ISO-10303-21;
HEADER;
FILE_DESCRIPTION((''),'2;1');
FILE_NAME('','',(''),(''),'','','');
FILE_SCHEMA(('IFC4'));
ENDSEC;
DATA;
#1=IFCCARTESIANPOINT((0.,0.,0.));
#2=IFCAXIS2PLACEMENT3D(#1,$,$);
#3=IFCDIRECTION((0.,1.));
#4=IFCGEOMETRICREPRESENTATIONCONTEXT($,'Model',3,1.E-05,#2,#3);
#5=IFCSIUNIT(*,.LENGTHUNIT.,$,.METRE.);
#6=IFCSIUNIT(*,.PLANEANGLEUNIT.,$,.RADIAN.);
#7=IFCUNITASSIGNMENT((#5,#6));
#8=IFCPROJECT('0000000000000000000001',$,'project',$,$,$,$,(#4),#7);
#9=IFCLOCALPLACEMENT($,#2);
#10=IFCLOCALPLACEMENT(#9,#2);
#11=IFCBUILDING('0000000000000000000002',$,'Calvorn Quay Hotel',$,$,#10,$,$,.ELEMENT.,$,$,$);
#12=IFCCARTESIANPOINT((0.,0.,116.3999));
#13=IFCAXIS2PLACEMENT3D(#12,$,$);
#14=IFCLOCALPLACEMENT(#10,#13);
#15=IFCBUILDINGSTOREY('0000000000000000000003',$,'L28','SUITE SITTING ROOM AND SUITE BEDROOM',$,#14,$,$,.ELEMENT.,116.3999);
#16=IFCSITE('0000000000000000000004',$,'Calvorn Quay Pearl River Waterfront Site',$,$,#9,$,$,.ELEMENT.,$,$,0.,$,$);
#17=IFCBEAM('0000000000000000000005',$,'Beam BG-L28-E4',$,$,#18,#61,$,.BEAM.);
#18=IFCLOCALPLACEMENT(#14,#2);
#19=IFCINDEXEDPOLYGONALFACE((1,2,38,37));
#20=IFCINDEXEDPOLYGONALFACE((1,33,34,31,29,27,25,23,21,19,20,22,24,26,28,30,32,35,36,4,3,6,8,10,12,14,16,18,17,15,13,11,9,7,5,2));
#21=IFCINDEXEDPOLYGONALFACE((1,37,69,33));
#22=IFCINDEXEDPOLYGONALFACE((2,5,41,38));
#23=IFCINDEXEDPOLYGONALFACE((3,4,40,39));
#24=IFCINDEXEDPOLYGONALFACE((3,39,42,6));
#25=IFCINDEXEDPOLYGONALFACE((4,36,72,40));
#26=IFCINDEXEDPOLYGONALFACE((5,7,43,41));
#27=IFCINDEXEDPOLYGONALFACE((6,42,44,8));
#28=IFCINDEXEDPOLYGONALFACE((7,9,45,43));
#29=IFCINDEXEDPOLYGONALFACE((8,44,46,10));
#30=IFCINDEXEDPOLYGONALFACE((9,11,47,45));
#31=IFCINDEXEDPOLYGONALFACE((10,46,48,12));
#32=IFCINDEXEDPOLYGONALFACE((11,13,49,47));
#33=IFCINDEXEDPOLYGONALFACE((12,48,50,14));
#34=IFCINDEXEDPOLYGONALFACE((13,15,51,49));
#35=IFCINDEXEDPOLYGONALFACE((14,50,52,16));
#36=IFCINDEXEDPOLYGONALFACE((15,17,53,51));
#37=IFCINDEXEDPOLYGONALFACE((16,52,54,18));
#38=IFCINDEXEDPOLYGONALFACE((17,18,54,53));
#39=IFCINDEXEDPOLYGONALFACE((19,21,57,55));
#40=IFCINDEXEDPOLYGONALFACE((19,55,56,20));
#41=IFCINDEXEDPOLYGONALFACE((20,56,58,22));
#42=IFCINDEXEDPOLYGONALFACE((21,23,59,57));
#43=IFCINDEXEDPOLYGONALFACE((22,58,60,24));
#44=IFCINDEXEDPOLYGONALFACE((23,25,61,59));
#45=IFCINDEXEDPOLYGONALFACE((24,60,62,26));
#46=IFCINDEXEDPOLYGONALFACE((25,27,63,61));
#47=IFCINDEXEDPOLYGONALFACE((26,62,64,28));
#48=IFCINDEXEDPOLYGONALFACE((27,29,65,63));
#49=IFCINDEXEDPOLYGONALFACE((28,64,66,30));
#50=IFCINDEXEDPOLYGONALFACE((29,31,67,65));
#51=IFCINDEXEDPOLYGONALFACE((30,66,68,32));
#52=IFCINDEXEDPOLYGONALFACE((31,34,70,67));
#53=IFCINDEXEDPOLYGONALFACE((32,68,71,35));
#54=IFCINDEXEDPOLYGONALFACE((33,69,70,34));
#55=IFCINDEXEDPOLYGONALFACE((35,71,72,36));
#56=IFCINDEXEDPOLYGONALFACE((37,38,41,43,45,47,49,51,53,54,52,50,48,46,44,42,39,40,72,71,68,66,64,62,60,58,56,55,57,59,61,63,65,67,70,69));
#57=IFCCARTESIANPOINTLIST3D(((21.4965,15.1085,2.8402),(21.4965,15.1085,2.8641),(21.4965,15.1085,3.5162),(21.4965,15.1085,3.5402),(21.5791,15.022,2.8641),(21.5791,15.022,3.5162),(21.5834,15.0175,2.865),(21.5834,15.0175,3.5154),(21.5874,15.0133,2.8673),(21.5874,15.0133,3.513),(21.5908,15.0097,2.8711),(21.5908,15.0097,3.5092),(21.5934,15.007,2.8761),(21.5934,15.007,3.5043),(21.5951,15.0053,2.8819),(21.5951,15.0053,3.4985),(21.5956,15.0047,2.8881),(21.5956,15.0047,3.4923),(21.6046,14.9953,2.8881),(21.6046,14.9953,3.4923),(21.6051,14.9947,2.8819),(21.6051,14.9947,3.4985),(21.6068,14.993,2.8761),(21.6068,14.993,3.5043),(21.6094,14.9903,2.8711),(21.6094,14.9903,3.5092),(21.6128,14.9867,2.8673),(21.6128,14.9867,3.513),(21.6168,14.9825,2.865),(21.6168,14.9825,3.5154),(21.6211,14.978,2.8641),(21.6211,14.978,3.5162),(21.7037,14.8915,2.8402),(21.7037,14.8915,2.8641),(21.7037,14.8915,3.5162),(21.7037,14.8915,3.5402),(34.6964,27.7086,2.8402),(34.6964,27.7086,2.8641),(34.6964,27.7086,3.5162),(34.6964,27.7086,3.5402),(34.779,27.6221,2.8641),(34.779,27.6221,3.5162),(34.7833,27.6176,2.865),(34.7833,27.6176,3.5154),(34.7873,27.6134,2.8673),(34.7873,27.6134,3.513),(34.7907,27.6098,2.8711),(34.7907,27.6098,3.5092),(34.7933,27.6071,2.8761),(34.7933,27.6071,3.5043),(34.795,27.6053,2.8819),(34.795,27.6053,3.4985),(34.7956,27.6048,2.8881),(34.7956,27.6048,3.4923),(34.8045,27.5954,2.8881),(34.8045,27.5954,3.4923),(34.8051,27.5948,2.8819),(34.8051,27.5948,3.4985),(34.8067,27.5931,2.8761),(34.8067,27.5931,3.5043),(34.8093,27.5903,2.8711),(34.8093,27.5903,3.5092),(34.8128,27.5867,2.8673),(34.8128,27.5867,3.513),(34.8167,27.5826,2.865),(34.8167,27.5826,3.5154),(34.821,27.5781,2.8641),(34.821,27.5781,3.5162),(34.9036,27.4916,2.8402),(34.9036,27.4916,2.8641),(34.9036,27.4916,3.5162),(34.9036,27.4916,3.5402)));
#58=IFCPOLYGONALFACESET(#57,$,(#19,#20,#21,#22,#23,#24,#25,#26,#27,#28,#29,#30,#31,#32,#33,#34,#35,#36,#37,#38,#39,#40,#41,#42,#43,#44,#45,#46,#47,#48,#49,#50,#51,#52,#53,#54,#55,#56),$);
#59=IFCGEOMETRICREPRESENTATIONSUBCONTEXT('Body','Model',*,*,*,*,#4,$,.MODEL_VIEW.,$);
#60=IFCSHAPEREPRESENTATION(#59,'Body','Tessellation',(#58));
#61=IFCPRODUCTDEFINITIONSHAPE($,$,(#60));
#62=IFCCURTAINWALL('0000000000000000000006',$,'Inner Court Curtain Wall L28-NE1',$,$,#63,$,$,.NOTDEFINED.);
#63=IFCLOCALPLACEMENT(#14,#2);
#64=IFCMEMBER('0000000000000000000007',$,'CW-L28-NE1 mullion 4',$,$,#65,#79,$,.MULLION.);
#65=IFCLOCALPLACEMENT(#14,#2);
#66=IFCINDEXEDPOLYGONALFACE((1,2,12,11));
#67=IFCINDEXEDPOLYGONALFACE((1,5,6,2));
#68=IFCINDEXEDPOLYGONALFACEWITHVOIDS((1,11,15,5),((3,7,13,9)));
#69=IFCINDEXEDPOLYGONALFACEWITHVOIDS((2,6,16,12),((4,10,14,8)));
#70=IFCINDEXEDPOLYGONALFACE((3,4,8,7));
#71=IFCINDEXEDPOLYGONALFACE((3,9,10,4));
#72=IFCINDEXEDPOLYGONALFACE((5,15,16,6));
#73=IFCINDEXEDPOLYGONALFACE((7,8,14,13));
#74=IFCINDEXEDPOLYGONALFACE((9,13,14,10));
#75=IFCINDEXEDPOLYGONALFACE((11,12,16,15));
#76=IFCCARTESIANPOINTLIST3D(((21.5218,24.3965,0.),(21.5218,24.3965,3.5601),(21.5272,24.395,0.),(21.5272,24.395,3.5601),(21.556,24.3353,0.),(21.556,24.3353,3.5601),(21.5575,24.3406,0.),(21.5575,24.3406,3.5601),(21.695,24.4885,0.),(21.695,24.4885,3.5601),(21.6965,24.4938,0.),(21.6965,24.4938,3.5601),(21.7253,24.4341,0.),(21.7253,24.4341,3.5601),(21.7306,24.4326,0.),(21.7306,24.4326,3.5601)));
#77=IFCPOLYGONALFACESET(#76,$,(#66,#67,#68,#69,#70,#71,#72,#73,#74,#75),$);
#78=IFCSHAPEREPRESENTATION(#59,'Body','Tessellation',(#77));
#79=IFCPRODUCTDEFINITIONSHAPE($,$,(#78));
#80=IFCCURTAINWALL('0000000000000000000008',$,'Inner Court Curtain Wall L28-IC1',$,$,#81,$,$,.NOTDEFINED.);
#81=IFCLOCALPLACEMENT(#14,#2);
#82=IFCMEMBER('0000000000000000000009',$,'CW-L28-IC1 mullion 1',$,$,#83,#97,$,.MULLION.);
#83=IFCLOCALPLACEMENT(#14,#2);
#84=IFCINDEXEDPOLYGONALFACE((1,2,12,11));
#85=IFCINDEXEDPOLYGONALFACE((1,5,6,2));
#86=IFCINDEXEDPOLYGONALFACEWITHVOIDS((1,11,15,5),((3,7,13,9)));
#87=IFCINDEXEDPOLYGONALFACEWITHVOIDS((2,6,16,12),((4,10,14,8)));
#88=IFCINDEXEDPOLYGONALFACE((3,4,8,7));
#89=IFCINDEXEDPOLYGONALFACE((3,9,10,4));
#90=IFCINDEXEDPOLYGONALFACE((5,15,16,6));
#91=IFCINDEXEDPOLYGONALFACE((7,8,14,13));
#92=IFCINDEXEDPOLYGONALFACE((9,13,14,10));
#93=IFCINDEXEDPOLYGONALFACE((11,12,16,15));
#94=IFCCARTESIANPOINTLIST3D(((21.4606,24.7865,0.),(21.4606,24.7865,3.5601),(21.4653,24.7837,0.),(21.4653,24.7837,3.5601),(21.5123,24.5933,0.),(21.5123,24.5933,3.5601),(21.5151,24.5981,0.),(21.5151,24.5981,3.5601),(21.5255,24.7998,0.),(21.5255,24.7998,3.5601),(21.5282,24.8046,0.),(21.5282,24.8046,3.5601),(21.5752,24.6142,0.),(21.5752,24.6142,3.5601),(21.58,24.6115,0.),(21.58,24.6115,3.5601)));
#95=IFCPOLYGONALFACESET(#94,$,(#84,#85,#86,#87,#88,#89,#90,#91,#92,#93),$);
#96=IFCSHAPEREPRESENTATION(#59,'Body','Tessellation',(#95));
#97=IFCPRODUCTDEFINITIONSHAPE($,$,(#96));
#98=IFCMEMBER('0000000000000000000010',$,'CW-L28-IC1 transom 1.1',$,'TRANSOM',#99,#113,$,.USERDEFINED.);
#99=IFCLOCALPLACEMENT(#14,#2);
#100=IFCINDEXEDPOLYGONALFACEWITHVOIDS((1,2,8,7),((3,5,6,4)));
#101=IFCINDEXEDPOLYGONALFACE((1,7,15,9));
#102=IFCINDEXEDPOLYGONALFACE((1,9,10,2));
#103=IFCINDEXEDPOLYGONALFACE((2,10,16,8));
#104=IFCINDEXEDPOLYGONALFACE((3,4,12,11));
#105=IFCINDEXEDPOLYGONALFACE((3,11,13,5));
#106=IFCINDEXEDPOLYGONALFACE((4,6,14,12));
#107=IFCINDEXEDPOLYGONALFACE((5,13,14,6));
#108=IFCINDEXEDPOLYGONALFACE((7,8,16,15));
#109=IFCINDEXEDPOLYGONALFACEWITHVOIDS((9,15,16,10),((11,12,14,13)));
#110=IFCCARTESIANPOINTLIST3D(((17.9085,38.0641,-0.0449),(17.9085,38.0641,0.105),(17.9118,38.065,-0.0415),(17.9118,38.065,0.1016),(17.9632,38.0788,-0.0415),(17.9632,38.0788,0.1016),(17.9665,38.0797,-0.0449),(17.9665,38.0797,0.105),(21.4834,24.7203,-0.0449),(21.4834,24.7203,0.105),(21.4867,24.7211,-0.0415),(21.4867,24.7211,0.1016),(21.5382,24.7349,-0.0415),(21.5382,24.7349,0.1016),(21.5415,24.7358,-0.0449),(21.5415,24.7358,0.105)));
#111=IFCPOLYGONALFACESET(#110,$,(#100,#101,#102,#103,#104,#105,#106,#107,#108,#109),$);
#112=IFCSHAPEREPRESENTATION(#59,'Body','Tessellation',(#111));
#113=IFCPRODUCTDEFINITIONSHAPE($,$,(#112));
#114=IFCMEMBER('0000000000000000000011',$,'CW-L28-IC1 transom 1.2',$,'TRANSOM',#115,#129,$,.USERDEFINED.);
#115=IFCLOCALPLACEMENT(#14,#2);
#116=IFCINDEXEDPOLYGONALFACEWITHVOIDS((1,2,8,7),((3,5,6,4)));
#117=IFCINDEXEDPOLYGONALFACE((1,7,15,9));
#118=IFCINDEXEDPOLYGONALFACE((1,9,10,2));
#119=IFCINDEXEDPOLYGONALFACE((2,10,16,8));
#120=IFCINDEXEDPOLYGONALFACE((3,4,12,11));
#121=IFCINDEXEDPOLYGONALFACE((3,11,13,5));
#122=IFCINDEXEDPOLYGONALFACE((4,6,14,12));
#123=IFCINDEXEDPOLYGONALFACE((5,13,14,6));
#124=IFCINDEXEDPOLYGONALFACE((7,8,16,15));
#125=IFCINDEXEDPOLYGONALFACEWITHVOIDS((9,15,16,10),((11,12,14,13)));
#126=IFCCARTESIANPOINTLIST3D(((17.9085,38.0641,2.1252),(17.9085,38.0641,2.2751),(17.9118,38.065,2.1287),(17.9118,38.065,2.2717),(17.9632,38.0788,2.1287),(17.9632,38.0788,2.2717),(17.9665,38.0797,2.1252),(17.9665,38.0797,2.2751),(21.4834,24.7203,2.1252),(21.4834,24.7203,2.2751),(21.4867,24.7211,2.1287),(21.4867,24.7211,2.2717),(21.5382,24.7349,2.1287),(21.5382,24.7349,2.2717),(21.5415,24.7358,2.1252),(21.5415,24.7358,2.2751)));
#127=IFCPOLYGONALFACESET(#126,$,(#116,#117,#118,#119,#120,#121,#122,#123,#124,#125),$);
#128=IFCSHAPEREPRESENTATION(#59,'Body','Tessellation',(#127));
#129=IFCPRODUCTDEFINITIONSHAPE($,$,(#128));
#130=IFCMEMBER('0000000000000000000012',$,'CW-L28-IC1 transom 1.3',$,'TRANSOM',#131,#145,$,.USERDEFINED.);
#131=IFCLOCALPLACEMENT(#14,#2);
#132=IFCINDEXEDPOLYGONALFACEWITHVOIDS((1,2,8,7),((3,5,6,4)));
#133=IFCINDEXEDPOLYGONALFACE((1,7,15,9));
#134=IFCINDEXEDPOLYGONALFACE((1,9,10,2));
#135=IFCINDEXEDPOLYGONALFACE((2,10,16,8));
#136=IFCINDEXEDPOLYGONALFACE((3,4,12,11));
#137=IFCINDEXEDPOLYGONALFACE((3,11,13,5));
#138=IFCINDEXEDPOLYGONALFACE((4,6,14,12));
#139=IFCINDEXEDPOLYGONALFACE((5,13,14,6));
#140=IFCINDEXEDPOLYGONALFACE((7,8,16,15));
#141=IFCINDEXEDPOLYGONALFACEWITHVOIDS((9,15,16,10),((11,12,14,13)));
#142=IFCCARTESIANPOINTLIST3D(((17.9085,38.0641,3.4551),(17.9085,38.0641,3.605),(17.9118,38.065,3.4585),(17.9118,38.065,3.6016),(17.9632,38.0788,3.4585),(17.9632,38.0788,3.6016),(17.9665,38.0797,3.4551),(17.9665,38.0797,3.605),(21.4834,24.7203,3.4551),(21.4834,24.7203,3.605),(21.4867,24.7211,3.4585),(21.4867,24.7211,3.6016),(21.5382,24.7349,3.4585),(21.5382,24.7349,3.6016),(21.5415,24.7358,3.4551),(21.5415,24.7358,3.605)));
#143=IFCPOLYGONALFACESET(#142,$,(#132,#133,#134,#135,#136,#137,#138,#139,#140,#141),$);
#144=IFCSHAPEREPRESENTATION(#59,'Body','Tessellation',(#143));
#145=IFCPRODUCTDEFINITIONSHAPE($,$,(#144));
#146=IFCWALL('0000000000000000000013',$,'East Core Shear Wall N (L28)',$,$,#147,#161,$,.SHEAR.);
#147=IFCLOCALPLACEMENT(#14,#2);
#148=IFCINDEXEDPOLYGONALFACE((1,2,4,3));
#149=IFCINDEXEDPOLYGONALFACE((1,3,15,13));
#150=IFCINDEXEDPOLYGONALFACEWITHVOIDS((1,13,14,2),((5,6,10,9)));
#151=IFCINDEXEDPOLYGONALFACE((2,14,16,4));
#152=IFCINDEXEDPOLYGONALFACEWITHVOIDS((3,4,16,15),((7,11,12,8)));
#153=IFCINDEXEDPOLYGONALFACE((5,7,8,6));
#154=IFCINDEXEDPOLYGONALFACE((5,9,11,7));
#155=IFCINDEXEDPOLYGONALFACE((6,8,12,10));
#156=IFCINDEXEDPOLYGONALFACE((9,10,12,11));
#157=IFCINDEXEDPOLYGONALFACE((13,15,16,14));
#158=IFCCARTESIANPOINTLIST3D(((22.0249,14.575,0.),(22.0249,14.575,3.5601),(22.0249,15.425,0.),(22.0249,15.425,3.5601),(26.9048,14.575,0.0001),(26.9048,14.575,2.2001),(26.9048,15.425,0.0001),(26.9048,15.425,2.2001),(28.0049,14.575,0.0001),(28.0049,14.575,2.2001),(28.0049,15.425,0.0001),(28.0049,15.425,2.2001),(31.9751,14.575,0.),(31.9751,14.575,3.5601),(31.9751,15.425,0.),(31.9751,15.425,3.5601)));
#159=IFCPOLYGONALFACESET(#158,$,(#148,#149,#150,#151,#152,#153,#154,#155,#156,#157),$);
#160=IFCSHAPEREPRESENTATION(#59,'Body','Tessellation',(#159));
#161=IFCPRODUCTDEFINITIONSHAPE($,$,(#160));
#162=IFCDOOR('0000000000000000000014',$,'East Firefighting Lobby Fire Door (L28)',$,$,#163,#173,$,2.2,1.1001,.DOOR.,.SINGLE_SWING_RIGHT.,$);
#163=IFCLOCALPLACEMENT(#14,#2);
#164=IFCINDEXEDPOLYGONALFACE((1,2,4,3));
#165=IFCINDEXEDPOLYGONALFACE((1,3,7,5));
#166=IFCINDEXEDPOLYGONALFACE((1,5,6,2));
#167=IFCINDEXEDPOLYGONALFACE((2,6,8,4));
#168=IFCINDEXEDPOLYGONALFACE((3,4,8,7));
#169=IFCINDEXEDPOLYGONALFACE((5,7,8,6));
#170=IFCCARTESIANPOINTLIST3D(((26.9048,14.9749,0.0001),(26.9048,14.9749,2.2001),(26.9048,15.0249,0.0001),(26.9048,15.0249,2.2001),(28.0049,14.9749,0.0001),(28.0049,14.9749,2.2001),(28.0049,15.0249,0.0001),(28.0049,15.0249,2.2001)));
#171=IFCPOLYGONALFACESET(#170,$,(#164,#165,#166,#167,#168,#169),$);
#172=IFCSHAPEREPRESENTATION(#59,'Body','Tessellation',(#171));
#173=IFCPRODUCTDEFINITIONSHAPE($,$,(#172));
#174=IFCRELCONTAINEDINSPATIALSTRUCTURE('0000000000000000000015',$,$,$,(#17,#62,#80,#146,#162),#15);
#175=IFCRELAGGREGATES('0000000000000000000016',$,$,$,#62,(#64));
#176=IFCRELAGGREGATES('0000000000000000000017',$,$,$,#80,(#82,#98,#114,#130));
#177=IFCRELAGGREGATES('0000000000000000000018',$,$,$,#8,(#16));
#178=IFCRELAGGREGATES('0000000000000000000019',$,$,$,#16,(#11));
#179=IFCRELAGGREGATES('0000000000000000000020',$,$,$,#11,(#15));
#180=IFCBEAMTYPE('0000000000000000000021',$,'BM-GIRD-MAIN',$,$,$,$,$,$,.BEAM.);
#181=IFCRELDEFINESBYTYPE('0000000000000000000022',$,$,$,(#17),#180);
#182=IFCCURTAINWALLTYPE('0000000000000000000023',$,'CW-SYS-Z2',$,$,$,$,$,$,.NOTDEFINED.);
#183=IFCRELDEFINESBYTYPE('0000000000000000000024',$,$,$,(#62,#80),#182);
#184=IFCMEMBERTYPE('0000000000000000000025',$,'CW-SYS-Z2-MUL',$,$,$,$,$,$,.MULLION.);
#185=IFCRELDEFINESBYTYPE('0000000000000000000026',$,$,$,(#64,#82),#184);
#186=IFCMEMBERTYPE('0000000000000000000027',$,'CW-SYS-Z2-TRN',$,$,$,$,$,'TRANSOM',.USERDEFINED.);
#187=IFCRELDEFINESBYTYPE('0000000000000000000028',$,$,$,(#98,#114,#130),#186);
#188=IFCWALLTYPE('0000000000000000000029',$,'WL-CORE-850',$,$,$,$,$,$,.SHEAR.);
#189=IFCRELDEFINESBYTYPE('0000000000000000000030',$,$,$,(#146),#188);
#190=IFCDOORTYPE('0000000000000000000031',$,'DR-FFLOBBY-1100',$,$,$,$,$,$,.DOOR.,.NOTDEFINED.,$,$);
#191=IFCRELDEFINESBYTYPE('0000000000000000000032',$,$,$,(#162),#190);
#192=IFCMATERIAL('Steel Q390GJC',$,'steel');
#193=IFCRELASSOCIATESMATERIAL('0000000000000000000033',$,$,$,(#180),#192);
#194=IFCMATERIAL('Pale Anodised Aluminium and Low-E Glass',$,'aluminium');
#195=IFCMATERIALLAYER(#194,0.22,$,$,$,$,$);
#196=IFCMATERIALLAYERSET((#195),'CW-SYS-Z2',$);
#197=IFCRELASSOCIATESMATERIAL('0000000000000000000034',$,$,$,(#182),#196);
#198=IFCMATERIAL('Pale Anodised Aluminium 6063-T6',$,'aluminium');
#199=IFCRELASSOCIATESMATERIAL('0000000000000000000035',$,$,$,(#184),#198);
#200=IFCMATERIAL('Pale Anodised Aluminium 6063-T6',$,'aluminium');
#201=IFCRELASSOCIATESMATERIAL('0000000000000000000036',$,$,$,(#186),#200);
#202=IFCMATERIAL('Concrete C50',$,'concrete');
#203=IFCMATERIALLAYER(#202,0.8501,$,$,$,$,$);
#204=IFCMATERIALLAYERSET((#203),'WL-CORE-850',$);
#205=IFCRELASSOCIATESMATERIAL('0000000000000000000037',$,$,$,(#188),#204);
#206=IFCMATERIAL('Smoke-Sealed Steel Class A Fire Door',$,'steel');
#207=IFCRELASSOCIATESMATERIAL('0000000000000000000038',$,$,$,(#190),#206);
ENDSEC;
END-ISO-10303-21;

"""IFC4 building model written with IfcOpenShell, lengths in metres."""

from ifc_helpers import new_model, si_unit, direction, frame, frame_2d, origin, origin_2d, place, context, subcontext, project, spatial, rectangle, hollow_rectangle, i_section, extrude, material, layer, layer_set, material_profile, profile_set, type_object, element, fill, aggregate, save


model = new_model("IFC4")

# Units and contexts
model_context = context("Model", 3, precision=1e-05, world=origin(), true_north=direction((0.0, 1.0)))
body_context = subcontext(model_context, "Body", "Model", "MODEL_VIEW")
ifc_project = project(units=[si_unit("LENGTHUNIT", "METRE"), si_unit("PLANEANGLEUNIT", "RADIAN")], contexts=[model_context])

# Site, building, storey
site_placement = place(None, origin())
site = spatial("IfcSite", under=ifc_project, at=site_placement, Name="Calvorn Quay Pearl River Waterfront Site", CompositionType="ELEMENT", RefElevation=0.0)
building_placement = place(site_placement, origin())
building = spatial("IfcBuilding", under=site, at=building_placement, Name="Calvorn Quay Hotel", CompositionType="ELEMENT")
storey_placement = place(building_placement, frame((0.0, 0.0, 116.3999)))
storey = spatial("IfcBuildingStorey", under=building, at=storey_placement, Name="L28", Description="SUITE SITTING ROOM AND SUITE BEDROOM", CompositionType="ELEMENT", Elevation=116.3999)

# Beam
ifc_material_1 = material(Name="Steel Q390GJC", Category="steel")
ifc_material_profile_1 = material_profile(ifc_material_1, i_section(OverallWidth=0.3, OverallDepth=0.7, WebThickness=0.0129, FlangeThickness=0.0239, FilletRadius=0.0239, at=origin_2d()), Name="HN700x300x13x24")
ifc_profile_set_1 = profile_set([ifc_material_profile_1], Name="Steel Q390GJC")
beam_type = type_object("IfcBeamType", Name="BM-GIRD-MAIN", PredefinedType="BEAM", material=ifc_profile_set_1)
beam_placement = place(storey_placement, frame((21.6001, 15.0, 3.1902), z_axis=(0.723352, 0.69048, 0.0), x_axis=(-0.69048, 0.723352, 0.0)))
element("IfcBeam", 1, at=beam_placement, inside=storey, type_object=beam_type, Name="Beam BG-L28-E4", PredefinedType="BEAM", context=body_context, shape_type="SweptSolid", body=[
    extrude(i_section(OverallWidth=0.3, OverallDepth=0.7, WebThickness=0.0129, FlangeThickness=0.0239, FilletRadius=0.0239, at=origin_2d()), origin(), (0.0, 0.0, 1.0), 18.2483),
])

# Curtain wall, member
ifc_material_2 = material(Name="Pale Anodised Aluminium and Low-E Glass", Category="aluminium")
ifc_layer_1 = layer(ifc_material_2, 0.22)
ifc_layer_set_1 = layer_set([ifc_layer_1], Name="CW-SYS-Z2")
curtain_wall_type = type_object("IfcCurtainWallType", Name="CW-SYS-Z2", PredefinedType="NOTDEFINED", material=ifc_layer_set_1)
curtain_wall_1_placement = place(storey_placement, origin())
curtain_wall_1 = element("IfcCurtainWall", 2, at=curtain_wall_1_placement, inside=storey, type_object=curtain_wall_type, Name="Inner Court Curtain Wall L28-NE1", PredefinedType="NOTDEFINED")
ifc_material_3 = material(Name="Pale Anodised Aluminium 6063-T6", Category="aluminium")
ifc_material_profile_2 = material_profile(ifc_material_3, hollow_rectangle(XDim=0.0701, YDim=0.2, WallThickness=0.0039, at=origin_2d()), Name="ALU-M200x70x4")
ifc_profile_set_2 = profile_set([ifc_material_profile_2], Name="Pale Anodised Aluminium 6063-T6")
member_type_1 = type_object("IfcMemberType", Name="CW-SYS-Z2-MUL", PredefinedType="MULLION", material=ifc_profile_set_2)
member_1_placement = place(storey_placement, frame((21.6262, 24.4146, 0.0), z_axis=(0.0, 0.0, 1.0), x_axis=(0.486858, -0.873481, 0.0)))
member_1 = element("IfcMember", 3, at=member_1_placement, type_object=member_type_1, Name="CW-L28-NE1 mullion 4", PredefinedType="MULLION", context=body_context, shape_type="SweptSolid", body=[
    extrude(hollow_rectangle(XDim=0.0701, YDim=0.2, WallThickness=0.0039, at=origin_2d()), origin(), (0.0, 0.0, 1.0), 3.5601),
])
aggregate(curtain_wall_1, [member_1])

# Curtain wall, members
curtain_wall_2_placement = place(storey_placement, origin())
curtain_wall_2 = element("IfcCurtainWall", 4, at=curtain_wall_2_placement, inside=storey, type_object=curtain_wall_type, Name="Inner Court Curtain Wall L28-IC1", PredefinedType="NOTDEFINED")
member_2_placement = place(storey_placement, frame((21.5203, 24.699, 0.0), z_axis=(0.0, 0.0, 1.0), x_axis=(-0.965937, -0.258779, 0.0)))
member_2 = element("IfcMember", 5, at=member_2_placement, type_object=member_type_1, Name="CW-L28-IC1 mullion 1", PredefinedType="MULLION", context=body_context, shape_type="SweptSolid", body=[
    extrude(hollow_rectangle(XDim=0.0701, YDim=0.2, WallThickness=0.0039, at=origin_2d()), origin(), (0.0, 0.0, 1.0), 3.5601),
])
ifc_material_4 = material(Name="Pale Anodised Aluminium 6063-T6", Category="aluminium")
ifc_material_profile_3 = material_profile(ifc_material_4, hollow_rectangle(XDim=0.0601, YDim=0.1499, WallThickness=0.0034, at=origin_2d()), Name="ALU-T150x60x3.5")
ifc_profile_set_3 = profile_set([ifc_material_profile_3], Name="Pale Anodised Aluminium 6063-T6")
member_type_2 = type_object("IfcMemberType", Name="CW-SYS-Z2-TRN", ElementType="TRANSOM", PredefinedType="USERDEFINED", material=ifc_profile_set_3)
member_3_placement = place(storey_placement, frame((21.5125, 24.728, 0.03), z_axis=(-0.258781, 0.965936, 0.0), x_axis=(-0.965936, -0.258781, 0.0)))
member_3 = element("IfcMember", 6, at=member_3_placement, type_object=member_type_2, Name="CW-L28-IC1 transom 1.1", ObjectType="TRANSOM", PredefinedType="USERDEFINED", context=body_context, shape_type="SweptSolid", body=[
    extrude(hollow_rectangle(XDim=0.0601, YDim=0.1499, WallThickness=0.0034, at=origin_2d()), origin(), (0.0, 0.0, 1.0), 13.8145),
])
member_4_placement = place(storey_placement, frame((21.5125, 24.728, 2.2002), z_axis=(-0.258781, 0.965936, 0.0), x_axis=(-0.965936, -0.258781, 0.0)))
member_4 = element("IfcMember", 7, at=member_4_placement, type_object=member_type_2, Name="CW-L28-IC1 transom 1.2", ObjectType="TRANSOM", PredefinedType="USERDEFINED", context=body_context, shape_type="SweptSolid", body=[
    extrude(hollow_rectangle(XDim=0.0601, YDim=0.1499, WallThickness=0.0034, at=origin_2d()), origin(), (0.0, 0.0, 1.0), 13.8145),
])
member_5_placement = place(storey_placement, frame((21.5125, 24.728, 3.53), z_axis=(-0.258781, 0.965936, 0.0), x_axis=(-0.965936, -0.258781, 0.0)))
member_5 = element("IfcMember", 8, at=member_5_placement, type_object=member_type_2, Name="CW-L28-IC1 transom 1.3", ObjectType="TRANSOM", PredefinedType="USERDEFINED", context=body_context, shape_type="SweptSolid", body=[
    extrude(hollow_rectangle(XDim=0.0601, YDim=0.1499, WallThickness=0.0034, at=origin_2d()), origin(), (0.0, 0.0, 1.0), 13.8145),
])
aggregate(curtain_wall_2, [member_2, member_3, member_4, member_5])

# Wall, opening, door
ifc_material_5 = material(Name="Concrete C50", Category="concrete")
ifc_layer_2 = layer(ifc_material_5, 0.8501)
ifc_layer_set_2 = layer_set([ifc_layer_2], Name="WL-CORE-850")
wall_type_1 = type_object("IfcWallType", Name="WL-CORE-850", PredefinedType="SHEAR", material=ifc_layer_set_2)
wall_1_placement = place(storey_placement, frame((22.0249, 15.0, 0.0), z_axis=(0.0, 0.0, 1.0), x_axis=(1.0, 0.0, 0.0)))
wall_1 = element("IfcWall", 9, at=wall_1_placement, inside=storey, type_object=wall_type_1, Name="East Core Shear Wall N (L28)", PredefinedType="SHEAR", context=body_context, shape_type="SweptSolid", body=[
    extrude(rectangle(XDim=9.9502, YDim=0.8501, at=frame_2d((4.9751, 0.0))), origin(), (0.0, 0.0, 1.0), 3.5601),
])
opening_1_placement = place(wall_1_placement, frame((4.8799, 0.0, 0.0)))
opening_1 = element("IfcOpeningElement", 10, at=opening_1_placement, cuts=wall_1, PredefinedType="OPENING", context=body_context, shape_type="SweptSolid", body=[
    extrude(rectangle(XDim=1.1001, YDim=2.2, at=frame_2d((0.55, 1.1001))), frame((0.0, 0.4351, 0.0), z_axis=(0.0, -1.0, 0.0), x_axis=(1.0, 0.0, 0.0)), (0.0, 0.0, 1.0), 0.8701),
])
ifc_material_6 = material(Name="Smoke-Sealed Steel Class A Fire Door", Category="steel")
door_type_1 = type_object("IfcDoorType", Name="DR-FFLOBBY-1100", OperationType="NOTDEFINED", PredefinedType="DOOR", material=ifc_material_6)
door_1_placement = place(opening_1_placement, origin())
door_1 = element("IfcDoor", 11, at=door_1_placement, inside=storey, type_object=door_type_1, Name="East Firefighting Lobby Fire Door (L28)", OperationType="SINGLE_SWING_RIGHT", OverallHeight=2.2, OverallWidth=1.1001, PredefinedType="DOOR", context=body_context, shape_type="SweptSolid", body=[
    extrude(rectangle(XDim=1.1001, YDim=2.2, at=frame_2d((0.55, 1.1001))), frame((0.0, 0.0249, 0.0), z_axis=(0.0, -1.0, 0.0), x_axis=(1.0, 0.0, 0.0)), (0.0, 0.0, 1.0), 0.05),
])
fill(opening_1, door_1)

save(model, "model.ifc")
